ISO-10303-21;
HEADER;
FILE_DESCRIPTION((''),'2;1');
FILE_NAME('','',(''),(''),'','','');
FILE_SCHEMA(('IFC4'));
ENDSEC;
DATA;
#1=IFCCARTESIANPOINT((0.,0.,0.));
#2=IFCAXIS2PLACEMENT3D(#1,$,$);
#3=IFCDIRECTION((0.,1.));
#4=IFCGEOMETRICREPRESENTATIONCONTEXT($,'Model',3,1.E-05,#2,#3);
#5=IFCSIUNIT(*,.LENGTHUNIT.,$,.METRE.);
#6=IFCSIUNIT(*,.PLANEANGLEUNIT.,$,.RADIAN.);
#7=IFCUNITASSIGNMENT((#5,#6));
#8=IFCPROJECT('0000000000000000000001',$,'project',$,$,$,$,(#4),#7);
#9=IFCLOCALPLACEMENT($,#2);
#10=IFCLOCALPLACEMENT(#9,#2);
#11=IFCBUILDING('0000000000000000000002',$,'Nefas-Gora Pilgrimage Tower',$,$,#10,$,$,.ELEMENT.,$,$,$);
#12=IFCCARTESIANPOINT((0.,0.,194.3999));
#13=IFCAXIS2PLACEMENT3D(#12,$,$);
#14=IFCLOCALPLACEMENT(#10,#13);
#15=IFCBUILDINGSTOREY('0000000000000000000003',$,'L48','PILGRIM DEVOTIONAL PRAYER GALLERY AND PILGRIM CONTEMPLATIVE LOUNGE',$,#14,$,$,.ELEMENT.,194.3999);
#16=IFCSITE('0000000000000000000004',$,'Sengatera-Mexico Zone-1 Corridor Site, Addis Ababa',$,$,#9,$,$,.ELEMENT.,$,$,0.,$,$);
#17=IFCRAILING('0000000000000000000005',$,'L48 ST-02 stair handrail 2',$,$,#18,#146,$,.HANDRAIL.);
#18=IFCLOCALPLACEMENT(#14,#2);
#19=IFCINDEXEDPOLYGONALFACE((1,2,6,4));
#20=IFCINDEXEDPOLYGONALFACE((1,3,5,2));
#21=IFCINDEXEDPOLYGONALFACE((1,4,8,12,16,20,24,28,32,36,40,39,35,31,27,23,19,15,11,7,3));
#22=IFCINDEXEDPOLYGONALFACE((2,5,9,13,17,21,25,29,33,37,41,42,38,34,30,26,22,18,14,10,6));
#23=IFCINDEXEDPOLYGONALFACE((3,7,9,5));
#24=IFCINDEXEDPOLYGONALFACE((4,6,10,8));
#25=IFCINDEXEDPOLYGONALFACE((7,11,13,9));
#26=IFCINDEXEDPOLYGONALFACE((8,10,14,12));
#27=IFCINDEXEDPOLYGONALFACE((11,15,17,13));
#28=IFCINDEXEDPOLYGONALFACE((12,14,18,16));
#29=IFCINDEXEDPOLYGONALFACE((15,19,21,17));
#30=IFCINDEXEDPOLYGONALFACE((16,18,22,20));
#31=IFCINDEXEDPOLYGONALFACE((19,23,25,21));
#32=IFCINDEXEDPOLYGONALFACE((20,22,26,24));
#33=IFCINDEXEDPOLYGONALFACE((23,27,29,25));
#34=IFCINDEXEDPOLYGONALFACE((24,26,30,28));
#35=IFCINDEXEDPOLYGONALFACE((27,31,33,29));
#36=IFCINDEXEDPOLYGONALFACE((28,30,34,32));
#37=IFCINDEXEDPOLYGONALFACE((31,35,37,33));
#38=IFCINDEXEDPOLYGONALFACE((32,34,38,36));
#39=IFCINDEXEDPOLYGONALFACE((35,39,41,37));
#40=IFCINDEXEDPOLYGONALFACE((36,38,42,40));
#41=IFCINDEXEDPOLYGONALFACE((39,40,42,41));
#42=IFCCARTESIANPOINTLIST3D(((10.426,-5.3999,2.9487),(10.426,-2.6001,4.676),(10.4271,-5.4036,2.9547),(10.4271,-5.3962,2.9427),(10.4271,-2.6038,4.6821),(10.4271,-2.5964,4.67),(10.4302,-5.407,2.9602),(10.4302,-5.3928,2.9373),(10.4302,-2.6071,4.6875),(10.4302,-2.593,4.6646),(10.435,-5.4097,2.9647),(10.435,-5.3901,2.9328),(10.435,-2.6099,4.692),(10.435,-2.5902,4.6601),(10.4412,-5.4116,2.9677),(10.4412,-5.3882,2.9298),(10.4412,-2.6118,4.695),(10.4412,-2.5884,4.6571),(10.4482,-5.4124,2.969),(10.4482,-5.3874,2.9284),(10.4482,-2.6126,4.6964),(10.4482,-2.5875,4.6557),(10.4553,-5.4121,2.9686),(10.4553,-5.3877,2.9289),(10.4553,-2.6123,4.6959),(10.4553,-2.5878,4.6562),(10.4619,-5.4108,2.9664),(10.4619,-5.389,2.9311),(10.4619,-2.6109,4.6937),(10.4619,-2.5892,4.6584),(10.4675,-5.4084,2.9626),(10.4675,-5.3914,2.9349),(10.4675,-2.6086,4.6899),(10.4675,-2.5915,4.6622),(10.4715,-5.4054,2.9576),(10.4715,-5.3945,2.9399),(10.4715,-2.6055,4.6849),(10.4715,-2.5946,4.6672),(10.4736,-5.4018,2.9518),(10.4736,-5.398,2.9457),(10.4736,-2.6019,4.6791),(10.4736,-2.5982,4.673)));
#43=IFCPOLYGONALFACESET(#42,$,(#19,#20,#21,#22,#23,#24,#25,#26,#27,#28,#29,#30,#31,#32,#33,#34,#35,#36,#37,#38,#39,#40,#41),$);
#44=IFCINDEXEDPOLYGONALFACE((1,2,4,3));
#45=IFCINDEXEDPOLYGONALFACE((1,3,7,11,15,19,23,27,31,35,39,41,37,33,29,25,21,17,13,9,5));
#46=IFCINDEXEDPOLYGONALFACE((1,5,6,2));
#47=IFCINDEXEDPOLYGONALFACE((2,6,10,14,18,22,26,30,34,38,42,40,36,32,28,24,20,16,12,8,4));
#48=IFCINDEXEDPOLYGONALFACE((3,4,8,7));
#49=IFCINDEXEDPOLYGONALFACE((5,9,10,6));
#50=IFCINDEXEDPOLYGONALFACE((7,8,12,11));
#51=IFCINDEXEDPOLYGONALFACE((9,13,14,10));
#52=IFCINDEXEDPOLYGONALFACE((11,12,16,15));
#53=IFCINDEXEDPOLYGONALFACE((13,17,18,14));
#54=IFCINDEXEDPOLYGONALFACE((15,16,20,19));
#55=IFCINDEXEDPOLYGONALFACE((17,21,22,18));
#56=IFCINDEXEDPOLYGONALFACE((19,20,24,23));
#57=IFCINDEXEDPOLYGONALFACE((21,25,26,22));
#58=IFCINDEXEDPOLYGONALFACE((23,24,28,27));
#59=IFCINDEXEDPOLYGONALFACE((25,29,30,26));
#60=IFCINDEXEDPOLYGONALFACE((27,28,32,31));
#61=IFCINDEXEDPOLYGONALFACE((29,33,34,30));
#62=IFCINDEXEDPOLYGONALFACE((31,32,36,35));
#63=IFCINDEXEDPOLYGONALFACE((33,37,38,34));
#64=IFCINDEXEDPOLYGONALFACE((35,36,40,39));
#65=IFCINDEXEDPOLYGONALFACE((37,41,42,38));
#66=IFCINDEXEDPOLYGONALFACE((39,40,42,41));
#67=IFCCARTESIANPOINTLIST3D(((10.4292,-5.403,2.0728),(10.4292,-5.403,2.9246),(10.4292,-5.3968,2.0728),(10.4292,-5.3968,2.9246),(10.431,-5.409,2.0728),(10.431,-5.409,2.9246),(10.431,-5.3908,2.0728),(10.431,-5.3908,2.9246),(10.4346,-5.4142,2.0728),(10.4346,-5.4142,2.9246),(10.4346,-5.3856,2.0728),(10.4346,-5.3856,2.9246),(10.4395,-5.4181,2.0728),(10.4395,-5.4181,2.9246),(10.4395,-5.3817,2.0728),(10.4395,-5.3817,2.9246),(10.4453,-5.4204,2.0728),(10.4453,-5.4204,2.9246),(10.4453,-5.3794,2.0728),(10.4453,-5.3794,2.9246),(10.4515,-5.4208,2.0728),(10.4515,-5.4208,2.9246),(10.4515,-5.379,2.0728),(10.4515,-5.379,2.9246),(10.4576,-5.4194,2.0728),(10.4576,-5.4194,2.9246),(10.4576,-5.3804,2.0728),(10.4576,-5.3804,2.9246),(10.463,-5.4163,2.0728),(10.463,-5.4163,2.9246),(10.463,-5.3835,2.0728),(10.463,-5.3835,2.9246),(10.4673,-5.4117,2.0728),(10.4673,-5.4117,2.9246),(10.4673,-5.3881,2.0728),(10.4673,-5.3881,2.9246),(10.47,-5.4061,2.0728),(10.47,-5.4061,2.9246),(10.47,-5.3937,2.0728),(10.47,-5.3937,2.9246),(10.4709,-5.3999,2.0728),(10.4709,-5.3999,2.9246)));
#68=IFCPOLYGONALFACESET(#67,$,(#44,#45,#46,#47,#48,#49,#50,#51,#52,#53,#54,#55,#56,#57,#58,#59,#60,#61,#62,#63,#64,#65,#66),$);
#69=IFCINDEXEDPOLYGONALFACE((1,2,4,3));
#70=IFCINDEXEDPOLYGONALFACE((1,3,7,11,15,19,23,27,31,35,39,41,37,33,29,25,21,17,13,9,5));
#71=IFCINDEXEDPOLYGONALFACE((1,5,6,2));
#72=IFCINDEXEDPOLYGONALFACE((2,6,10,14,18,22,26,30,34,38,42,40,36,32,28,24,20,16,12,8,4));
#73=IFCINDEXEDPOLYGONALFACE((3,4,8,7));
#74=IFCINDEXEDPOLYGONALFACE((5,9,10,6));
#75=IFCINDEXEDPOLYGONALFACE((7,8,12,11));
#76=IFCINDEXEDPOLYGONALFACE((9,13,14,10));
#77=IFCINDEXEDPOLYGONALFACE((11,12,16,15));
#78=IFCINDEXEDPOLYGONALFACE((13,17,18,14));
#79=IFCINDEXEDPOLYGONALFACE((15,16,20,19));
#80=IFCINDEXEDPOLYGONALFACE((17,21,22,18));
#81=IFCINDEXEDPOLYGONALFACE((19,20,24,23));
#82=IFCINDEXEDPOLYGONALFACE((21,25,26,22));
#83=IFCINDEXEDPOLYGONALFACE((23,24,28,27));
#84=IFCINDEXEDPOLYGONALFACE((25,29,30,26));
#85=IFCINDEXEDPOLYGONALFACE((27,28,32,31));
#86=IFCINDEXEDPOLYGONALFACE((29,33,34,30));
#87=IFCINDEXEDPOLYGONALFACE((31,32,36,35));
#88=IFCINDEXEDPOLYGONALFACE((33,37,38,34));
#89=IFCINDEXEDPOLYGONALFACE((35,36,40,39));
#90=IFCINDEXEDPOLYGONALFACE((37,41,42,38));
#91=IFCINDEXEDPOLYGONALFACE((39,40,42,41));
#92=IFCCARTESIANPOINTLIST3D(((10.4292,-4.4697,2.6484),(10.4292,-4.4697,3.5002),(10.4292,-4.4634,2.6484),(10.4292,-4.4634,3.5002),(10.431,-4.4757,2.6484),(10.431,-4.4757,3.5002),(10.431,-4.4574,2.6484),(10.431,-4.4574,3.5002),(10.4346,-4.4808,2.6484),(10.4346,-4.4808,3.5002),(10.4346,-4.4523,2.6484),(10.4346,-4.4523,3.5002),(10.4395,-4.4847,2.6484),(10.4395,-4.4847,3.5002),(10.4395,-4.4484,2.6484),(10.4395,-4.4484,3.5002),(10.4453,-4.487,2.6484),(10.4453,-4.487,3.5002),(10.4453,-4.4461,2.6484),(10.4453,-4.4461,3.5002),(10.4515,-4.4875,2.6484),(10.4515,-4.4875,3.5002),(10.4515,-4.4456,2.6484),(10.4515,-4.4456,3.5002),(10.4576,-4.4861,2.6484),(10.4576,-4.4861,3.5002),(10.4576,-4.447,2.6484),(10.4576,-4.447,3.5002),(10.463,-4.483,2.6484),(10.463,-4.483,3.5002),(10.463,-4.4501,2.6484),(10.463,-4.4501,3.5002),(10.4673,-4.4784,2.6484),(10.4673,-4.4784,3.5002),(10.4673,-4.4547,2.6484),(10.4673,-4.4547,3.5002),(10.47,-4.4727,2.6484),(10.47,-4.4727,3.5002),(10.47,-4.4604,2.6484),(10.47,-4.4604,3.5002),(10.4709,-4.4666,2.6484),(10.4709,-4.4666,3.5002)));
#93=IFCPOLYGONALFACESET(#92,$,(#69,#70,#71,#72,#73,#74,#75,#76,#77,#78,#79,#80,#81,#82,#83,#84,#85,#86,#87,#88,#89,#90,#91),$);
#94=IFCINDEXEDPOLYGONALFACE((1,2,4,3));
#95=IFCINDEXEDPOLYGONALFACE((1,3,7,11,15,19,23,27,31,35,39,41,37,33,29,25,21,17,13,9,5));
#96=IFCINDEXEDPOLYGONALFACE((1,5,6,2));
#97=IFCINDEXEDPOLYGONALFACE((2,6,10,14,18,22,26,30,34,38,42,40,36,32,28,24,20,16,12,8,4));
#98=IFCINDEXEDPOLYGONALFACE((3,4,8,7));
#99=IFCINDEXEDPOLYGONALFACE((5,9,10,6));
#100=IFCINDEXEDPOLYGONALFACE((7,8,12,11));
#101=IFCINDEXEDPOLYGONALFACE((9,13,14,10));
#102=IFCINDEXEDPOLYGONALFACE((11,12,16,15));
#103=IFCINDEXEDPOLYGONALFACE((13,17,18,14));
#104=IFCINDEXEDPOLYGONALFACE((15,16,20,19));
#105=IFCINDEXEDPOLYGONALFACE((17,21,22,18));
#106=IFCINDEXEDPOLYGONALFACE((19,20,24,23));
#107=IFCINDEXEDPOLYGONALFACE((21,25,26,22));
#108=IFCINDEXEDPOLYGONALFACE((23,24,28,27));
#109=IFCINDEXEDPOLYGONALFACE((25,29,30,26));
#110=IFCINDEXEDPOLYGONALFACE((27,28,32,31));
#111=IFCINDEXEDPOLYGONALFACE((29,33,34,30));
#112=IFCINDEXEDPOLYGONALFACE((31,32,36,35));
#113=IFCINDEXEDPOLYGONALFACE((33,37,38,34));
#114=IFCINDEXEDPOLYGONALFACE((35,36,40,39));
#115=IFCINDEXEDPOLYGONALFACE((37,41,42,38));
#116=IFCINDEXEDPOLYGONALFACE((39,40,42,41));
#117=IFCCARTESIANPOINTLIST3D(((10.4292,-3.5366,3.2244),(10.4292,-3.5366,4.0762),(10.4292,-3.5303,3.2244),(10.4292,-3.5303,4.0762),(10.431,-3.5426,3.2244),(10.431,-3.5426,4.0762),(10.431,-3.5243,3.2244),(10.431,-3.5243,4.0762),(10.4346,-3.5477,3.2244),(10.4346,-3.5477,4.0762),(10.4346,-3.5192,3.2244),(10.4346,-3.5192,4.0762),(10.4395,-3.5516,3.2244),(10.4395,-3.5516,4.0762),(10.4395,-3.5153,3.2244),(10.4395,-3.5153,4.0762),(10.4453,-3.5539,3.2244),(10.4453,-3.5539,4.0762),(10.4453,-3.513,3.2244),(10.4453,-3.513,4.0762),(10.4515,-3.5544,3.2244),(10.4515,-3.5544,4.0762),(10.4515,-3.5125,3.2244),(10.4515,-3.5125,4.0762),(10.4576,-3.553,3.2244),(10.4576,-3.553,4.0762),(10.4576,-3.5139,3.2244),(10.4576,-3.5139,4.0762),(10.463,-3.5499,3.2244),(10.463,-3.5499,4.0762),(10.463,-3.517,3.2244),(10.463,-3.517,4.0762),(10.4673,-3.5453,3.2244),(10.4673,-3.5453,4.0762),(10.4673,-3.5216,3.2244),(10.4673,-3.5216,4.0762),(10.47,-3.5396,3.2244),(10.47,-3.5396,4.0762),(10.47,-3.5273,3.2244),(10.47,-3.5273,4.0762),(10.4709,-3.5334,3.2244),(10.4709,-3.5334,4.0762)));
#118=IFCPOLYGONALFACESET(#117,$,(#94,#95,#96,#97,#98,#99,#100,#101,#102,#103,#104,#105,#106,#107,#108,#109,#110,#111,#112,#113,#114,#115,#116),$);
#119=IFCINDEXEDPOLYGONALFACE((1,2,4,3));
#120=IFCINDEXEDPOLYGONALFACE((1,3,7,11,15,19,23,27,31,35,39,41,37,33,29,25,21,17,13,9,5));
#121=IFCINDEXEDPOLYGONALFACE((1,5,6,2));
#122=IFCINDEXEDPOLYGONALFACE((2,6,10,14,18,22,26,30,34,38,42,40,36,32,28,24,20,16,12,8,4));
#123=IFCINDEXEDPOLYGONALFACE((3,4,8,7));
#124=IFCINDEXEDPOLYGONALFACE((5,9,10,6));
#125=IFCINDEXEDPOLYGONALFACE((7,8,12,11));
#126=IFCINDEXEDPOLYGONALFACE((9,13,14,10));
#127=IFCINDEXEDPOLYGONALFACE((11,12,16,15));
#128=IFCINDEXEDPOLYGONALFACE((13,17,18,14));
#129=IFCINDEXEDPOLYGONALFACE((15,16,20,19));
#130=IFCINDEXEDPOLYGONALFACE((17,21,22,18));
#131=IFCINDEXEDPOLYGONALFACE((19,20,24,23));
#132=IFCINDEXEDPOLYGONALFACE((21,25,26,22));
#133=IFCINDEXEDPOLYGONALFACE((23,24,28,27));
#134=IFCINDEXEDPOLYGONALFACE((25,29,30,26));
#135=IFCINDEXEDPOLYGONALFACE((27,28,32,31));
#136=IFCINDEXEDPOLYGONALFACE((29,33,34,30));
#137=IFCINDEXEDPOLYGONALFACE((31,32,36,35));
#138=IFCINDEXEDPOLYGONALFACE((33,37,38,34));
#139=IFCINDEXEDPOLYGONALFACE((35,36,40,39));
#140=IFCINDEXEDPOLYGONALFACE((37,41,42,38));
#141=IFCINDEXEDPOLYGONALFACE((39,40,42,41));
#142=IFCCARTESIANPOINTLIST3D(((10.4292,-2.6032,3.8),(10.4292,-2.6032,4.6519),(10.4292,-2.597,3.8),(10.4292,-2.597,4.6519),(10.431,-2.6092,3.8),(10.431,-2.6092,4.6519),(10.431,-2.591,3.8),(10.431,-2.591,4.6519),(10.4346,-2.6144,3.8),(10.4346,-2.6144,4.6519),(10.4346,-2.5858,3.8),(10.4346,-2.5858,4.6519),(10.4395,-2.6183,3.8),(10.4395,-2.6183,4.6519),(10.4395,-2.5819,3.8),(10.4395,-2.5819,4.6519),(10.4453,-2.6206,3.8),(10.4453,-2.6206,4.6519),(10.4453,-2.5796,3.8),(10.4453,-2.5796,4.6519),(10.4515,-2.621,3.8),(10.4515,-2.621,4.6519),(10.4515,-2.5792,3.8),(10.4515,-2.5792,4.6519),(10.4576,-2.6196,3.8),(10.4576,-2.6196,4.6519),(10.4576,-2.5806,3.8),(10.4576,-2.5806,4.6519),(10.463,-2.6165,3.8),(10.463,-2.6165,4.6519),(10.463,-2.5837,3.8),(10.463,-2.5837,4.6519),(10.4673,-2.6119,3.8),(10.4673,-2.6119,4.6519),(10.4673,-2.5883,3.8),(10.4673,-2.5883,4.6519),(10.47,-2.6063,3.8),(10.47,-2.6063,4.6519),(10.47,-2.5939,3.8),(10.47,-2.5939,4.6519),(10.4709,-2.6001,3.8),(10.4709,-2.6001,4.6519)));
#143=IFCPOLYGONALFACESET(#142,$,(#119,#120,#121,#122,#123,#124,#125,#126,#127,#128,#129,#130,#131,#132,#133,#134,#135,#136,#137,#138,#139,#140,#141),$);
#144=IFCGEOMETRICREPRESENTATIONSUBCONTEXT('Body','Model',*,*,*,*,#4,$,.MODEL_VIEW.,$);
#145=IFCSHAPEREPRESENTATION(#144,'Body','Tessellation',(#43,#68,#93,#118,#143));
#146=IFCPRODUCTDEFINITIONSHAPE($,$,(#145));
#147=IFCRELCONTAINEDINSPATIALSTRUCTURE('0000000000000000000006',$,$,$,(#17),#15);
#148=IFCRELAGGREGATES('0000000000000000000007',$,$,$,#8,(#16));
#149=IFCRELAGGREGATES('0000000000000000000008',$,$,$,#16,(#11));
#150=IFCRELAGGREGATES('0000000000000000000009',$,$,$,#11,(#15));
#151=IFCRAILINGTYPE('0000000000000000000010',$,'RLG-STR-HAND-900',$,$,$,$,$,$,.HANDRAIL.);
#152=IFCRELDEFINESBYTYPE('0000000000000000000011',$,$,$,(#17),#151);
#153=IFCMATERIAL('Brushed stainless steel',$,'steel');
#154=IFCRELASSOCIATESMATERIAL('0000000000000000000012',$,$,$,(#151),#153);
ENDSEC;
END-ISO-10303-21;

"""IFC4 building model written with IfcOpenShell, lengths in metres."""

from ifc_helpers import new_model, si_unit, direction, frame, origin, origin_2d, place, context, subcontext, project, spatial, circle, extrude, material, type_object, element, save


model = new_model("IFC4")

# Units and contexts
model_context = context("Model", 3, precision=1e-05, world=origin(), true_north=direction((0.0, 1.0)))
body_context = subcontext(model_context, "Body", "Model", "MODEL_VIEW")
ifc_project = project(units=[si_unit("LENGTHUNIT", "METRE"), si_unit("PLANEANGLEUNIT", "RADIAN")], contexts=[model_context])

# Site, building, storey
site_placement = place(None, origin())
site = spatial("IfcSite", under=ifc_project, at=site_placement, Name="Sengatera-Mexico Zone-1 Corridor Site, Addis Ababa", CompositionType="ELEMENT", RefElevation=0.0)
building_placement = place(site_placement, origin())
building = spatial("IfcBuilding", under=site, at=building_placement, Name="Nefas-Gora Pilgrimage Tower", CompositionType="ELEMENT")
storey_placement = place(building_placement, frame((0.0, 0.0, 194.3999)))
storey = spatial("IfcBuildingStorey", under=building, at=storey_placement, Name="L48", Description="PILGRIM DEVOTIONAL PRAYER GALLERY AND PILGRIM CONTEMPLATIVE LOUNGE", CompositionType="ELEMENT", Elevation=194.3999)

# Railing
ifc_material_1 = material(Name="Brushed stainless steel", Category="steel")
railing_type_1 = type_object("IfcRailingType", Name="RLG-STR-HAND-900", PredefinedType="HANDRAIL", material=ifc_material_1)
railing_1_placement = place(storey_placement, frame((10.45, -5.3999, 2.0728)))
element("IfcRailing", 1, at=railing_1_placement, inside=storey, type_object=railing_type_1, Name="L48 ST-02 stair handrail 2", PredefinedType="HANDRAIL", context=body_context, shape_type="SweptSolid", body=[
    extrude(circle(Radius=0.0239, at=origin_2d()), frame((0.0, 0.0, 0.876), z_axis=(0.0, 0.851069, 0.525054), x_axis=(-1.0, 0.0, 0.0)), (0.0, 0.0, 1.0), 3.2898),
    extrude(circle(Radius=0.021, at=origin_2d()), origin(), (0.0, 0.0, 1.0), 0.8518),
    extrude(circle(Radius=0.021, at=origin_2d()), frame((0.0, 0.9333, 0.5757)), (0.0, 0.0, 1.0), 0.8518),
    extrude(circle(Radius=0.021, at=origin_2d()), frame((0.0, 1.8665, 1.1516)), (0.0, 0.0, 1.0), 0.8518),
    extrude(circle(Radius=0.021, at=origin_2d()), frame((0.0, 2.7998, 1.7273)), (0.0, 0.0, 1.0), 0.8518),
])

save(model, "model.ifc")
